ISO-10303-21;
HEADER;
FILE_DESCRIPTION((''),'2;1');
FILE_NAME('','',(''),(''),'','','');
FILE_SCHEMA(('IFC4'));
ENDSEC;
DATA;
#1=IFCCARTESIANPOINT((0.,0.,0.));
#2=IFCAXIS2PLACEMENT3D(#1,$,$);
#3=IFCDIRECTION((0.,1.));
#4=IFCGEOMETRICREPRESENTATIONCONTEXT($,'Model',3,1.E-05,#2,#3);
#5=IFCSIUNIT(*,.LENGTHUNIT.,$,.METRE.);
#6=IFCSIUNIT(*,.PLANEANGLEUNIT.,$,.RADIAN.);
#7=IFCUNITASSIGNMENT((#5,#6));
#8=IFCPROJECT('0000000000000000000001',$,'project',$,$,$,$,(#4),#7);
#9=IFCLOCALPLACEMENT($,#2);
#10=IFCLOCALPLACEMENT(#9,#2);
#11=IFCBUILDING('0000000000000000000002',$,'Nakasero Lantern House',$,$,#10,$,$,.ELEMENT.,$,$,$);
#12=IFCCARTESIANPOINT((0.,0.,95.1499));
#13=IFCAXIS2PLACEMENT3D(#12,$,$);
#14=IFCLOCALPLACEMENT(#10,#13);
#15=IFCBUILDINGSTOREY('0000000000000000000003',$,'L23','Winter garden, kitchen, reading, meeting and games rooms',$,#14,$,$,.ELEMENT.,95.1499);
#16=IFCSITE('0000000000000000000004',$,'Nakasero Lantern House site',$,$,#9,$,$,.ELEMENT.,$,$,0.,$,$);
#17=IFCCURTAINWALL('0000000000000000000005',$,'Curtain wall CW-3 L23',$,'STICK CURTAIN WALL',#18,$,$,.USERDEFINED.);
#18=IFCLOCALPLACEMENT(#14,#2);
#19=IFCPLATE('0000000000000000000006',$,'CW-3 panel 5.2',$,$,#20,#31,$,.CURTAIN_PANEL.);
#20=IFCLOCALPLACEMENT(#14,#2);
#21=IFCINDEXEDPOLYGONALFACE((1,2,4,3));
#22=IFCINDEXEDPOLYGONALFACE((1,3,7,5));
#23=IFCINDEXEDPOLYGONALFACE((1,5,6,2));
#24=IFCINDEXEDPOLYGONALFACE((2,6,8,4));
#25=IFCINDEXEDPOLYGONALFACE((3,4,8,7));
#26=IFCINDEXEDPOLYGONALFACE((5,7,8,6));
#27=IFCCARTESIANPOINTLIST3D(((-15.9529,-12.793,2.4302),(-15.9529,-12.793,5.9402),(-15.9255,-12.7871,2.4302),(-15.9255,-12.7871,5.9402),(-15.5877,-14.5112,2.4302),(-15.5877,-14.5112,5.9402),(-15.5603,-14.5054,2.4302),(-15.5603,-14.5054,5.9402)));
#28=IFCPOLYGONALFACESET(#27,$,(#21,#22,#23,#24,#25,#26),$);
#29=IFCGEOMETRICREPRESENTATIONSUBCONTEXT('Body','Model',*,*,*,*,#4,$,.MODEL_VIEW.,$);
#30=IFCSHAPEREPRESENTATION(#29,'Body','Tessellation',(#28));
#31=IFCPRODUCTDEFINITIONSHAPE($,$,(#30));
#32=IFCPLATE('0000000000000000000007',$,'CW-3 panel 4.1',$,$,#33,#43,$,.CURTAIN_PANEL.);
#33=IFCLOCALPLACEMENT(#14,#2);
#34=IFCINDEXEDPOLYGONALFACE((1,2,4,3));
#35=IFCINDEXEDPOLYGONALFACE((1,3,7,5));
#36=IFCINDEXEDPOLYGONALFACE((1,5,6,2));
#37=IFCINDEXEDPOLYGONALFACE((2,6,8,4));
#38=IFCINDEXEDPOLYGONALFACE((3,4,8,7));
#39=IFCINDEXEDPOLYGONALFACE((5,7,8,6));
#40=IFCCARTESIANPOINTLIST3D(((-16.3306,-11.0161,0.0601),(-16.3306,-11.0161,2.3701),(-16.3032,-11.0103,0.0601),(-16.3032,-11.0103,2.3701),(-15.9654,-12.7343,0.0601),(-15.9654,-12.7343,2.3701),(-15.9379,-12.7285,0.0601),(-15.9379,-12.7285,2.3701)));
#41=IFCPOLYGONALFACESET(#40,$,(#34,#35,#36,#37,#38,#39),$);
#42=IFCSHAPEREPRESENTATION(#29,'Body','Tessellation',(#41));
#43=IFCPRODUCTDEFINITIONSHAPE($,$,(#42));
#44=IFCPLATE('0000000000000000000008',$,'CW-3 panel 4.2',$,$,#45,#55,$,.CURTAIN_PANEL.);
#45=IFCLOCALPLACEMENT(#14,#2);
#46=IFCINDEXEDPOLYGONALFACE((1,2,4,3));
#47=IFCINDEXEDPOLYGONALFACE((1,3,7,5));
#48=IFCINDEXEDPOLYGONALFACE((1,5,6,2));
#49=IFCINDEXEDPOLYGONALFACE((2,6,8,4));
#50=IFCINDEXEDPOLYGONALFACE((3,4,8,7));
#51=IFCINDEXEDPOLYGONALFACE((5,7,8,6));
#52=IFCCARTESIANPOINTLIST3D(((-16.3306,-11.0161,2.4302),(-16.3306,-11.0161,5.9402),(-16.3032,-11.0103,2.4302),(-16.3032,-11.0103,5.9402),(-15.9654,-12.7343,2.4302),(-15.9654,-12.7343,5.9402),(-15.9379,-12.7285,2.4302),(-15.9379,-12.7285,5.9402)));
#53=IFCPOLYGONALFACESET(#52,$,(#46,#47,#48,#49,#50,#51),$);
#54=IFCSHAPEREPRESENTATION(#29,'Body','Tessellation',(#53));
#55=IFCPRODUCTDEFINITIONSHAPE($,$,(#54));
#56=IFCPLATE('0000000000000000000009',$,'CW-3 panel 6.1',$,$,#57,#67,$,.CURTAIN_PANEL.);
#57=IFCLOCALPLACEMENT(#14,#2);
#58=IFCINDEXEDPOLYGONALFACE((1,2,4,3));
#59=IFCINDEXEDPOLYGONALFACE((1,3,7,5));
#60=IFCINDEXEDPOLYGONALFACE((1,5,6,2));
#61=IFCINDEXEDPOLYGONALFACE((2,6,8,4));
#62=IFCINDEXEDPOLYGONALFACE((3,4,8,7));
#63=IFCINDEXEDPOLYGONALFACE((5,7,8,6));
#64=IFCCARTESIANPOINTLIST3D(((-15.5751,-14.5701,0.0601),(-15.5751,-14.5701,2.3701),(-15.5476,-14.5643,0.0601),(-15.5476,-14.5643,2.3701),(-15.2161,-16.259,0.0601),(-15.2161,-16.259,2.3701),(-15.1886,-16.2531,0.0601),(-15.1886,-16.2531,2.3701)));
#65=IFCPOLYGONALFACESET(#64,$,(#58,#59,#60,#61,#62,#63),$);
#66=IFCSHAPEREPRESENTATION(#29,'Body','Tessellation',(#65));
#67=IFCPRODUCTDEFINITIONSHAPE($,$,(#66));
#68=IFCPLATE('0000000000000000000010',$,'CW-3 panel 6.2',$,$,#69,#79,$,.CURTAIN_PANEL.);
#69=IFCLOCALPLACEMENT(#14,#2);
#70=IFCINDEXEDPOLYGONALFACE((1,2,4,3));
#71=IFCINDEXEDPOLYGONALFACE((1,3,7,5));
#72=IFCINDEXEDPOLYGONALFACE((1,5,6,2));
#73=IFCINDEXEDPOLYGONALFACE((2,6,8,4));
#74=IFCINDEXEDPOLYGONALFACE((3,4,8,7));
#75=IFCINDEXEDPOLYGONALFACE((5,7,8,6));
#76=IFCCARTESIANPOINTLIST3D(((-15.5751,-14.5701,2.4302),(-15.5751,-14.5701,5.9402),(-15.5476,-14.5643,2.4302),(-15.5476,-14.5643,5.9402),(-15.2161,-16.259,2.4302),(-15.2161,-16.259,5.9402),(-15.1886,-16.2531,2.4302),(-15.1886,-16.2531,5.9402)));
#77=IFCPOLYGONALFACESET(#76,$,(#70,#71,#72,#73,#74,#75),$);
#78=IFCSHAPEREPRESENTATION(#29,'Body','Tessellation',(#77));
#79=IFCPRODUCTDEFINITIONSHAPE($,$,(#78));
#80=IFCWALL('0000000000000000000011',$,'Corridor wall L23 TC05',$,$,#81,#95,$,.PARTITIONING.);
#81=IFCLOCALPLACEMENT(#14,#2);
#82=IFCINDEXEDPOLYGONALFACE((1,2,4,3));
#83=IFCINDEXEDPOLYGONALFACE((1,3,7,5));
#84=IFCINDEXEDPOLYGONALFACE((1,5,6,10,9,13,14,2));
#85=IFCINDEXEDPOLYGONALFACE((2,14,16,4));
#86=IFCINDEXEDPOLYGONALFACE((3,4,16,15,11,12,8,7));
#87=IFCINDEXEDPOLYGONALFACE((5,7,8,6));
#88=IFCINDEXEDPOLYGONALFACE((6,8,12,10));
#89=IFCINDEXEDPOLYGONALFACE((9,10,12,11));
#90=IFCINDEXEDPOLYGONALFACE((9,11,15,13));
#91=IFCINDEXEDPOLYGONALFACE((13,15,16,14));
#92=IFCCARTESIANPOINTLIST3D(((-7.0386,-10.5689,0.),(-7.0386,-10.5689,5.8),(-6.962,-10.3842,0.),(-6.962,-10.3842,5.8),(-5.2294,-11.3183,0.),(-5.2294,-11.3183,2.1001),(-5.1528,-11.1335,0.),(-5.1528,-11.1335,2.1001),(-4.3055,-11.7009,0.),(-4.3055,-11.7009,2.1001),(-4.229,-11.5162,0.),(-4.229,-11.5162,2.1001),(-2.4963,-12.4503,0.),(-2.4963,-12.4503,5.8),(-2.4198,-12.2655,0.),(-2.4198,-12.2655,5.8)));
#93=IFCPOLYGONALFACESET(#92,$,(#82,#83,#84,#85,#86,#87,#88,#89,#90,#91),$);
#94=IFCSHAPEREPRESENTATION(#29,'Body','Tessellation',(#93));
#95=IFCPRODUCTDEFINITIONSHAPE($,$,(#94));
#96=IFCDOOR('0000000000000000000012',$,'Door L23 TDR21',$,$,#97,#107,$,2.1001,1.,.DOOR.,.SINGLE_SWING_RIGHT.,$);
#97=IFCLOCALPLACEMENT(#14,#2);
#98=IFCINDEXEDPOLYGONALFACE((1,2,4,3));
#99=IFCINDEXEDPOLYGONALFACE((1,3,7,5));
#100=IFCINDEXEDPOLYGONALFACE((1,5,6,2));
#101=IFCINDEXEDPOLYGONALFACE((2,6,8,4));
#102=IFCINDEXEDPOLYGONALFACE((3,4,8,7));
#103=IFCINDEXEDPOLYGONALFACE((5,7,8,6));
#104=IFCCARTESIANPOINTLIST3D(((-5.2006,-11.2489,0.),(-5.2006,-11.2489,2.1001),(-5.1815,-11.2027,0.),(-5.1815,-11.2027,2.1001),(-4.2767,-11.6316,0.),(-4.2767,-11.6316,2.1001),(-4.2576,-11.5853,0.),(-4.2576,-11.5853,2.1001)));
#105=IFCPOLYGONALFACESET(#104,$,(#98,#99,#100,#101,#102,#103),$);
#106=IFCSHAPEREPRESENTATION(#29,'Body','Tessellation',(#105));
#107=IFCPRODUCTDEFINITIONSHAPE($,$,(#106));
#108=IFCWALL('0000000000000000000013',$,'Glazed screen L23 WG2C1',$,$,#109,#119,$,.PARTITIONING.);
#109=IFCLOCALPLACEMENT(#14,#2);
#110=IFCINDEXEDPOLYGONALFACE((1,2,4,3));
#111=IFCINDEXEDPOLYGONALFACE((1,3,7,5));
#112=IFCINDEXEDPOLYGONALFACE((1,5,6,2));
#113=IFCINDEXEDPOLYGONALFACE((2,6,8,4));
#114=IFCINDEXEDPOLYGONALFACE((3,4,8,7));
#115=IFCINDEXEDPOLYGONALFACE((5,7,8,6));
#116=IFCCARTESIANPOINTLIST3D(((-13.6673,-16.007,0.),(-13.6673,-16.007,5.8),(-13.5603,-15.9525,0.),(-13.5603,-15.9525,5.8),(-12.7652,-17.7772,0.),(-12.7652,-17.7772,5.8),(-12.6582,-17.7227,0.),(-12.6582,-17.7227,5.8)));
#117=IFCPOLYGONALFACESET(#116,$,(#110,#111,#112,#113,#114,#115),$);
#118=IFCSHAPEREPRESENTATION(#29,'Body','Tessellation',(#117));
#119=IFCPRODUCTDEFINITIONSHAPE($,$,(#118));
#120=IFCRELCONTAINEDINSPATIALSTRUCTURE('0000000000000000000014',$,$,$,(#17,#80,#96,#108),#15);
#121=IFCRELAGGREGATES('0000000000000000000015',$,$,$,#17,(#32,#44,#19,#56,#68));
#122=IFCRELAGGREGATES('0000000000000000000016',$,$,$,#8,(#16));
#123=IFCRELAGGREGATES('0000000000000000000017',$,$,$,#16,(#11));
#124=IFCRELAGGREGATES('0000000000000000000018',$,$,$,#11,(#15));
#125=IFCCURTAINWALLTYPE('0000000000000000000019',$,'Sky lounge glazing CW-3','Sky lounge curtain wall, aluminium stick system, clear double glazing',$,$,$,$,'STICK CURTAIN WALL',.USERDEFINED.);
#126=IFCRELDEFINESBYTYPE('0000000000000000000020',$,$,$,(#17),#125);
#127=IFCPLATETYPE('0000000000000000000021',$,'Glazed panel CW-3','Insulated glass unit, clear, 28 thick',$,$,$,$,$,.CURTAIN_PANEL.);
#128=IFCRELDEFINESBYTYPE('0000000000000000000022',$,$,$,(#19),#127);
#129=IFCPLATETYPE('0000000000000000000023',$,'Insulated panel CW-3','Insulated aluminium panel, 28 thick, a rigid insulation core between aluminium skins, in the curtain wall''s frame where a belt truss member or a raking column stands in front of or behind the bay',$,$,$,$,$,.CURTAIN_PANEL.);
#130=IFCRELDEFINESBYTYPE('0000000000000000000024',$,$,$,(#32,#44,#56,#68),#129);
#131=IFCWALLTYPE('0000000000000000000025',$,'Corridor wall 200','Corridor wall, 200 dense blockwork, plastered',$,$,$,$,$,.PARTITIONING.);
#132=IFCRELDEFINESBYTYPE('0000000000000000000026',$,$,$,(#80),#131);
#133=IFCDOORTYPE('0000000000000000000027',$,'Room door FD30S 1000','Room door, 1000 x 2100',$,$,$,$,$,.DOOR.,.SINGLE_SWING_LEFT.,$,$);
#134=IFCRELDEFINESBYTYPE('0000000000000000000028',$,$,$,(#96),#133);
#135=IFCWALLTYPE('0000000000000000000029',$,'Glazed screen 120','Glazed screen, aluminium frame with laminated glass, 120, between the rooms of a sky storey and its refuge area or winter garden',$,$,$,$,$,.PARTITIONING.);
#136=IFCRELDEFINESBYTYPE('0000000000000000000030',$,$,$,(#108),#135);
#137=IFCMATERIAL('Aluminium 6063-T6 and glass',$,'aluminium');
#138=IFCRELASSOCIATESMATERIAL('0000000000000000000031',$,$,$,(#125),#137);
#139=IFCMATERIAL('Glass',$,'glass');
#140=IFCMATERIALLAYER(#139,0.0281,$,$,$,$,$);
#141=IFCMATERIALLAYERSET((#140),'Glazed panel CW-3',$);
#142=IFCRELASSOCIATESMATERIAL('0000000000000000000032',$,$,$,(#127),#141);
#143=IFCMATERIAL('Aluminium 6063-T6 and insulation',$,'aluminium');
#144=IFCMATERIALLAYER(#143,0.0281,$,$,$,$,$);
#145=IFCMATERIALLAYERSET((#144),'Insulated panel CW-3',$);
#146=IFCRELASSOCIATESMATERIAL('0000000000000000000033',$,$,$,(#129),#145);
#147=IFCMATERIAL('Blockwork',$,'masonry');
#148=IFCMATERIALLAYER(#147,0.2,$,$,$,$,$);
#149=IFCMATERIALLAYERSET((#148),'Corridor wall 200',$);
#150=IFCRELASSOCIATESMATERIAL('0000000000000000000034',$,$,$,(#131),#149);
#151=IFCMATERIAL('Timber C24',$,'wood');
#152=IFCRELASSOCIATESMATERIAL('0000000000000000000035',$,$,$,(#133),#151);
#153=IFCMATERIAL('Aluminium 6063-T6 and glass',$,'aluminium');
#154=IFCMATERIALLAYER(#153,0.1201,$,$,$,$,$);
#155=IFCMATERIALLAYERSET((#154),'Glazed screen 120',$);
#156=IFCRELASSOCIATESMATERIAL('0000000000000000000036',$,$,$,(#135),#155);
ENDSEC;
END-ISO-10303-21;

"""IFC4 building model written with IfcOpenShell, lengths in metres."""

from ifc_helpers import new_model, si_unit, direction, frame, frame_2d, origin, origin_2d, place, context, subcontext, project, spatial, rectangle, extrude, material, layer, layer_set, type_object, element, fill, aggregate, save


model = new_model("IFC4")

# Units and contexts
model_context = context("Model", 3, precision=1e-05, world=origin(), true_north=direction((0.0, 1.0)))
body_context = subcontext(model_context, "Body", "Model", "MODEL_VIEW")
ifc_project = project(units=[si_unit("LENGTHUNIT", "METRE"), si_unit("PLANEANGLEUNIT", "RADIAN")], contexts=[model_context])

# Site, building, storey
site_placement = place(None, origin())
site = spatial("IfcSite", under=ifc_project, at=site_placement, Name="Nakasero Lantern House site", CompositionType="ELEMENT", RefElevation=0.0)
building_placement = place(site_placement, origin())
building = spatial("IfcBuilding", under=site, at=building_placement, Name="Nakasero Lantern House", CompositionType="ELEMENT")
storey_placement = place(building_placement, frame((0.0, 0.0, 95.1499)))
storey = spatial("IfcBuildingStorey", under=building, at=storey_placement, Name="L23", Description="Winter garden, kitchen, reading, meeting and games rooms", CompositionType="ELEMENT", Elevation=95.1499)

# Curtain wall
ifc_material_1 = material(Name="Aluminium 6063-T6 and glass", Category="aluminium")
curtain_wall_type = type_object("IfcCurtainWallType", Name="Sky lounge glazing CW-3", Description="Sky lounge curtain wall, aluminium stick system, clear double glazing", ElementType="STICK CURTAIN WALL", PredefinedType="USERDEFINED", material=ifc_material_1)
curtain_wall_1_placement = place(storey_placement, origin())
curtain_wall_1 = element("IfcCurtainWall", 1, at=curtain_wall_1_placement, inside=storey, type_object=curtain_wall_type, Name="Curtain wall CW-3 L23", ObjectType="STICK CURTAIN WALL", PredefinedType="USERDEFINED")

# Plates
ifc_material_2 = material(Name="Glass", Category="glass")
ifc_layer_1 = layer(ifc_material_2, 0.0281)
ifc_layer_set_1 = layer_set([ifc_layer_1], Name="Glazed panel CW-3")
plate_type_1 = type_object("IfcPlateType", Name="Glazed panel CW-3", Description="Insulated glass unit, clear, 28 thick", PredefinedType="CURTAIN_PANEL", material=ifc_layer_set_1)
plate_1_placement = place(storey_placement, frame((-15.7566, -13.6492, 2.4302), z_axis=(0.0, 0.0, 1.0), x_axis=(0.207912, -0.978148, 0.0)))
plate_1 = element("IfcPlate", 2, at=plate_1_placement, type_object=plate_type_1, Name="CW-3 panel 5.2", PredefinedType="CURTAIN_PANEL", context=body_context, shape_type="SweptSolid", body=[
    extrude(rectangle(XDim=1.7566, YDim=0.0281, at=origin_2d()), origin(), (0.0, 0.0, 1.0), 3.51),
])
ifc_material_3 = material(Name="Aluminium 6063-T6 and insulation", Category="aluminium")
ifc_layer_2 = layer(ifc_material_3, 0.0281)
ifc_layer_set_2 = layer_set([ifc_layer_2], Name="Insulated panel CW-3")
plate_type_2 = type_object("IfcPlateType", Name="Insulated panel CW-3", Description="Insulated aluminium panel, 28 thick, a rigid insulation core between aluminium skins, in the curtain wall's frame where a belt truss member or a raking column stands in front of or behind the bay", PredefinedType="CURTAIN_PANEL", material=ifc_layer_set_2)
plate_2_placement = place(storey_placement, frame((-16.1343, -11.8723, 0.0601), z_axis=(0.0, 0.0, 1.0), x_axis=(0.207912, -0.978148, 0.0)))
plate_2 = element("IfcPlate", 3, at=plate_2_placement, type_object=plate_type_2, Name="CW-3 panel 4.1", PredefinedType="CURTAIN_PANEL", context=body_context, shape_type="SweptSolid", body=[
    extrude(rectangle(XDim=1.7566, YDim=0.0281, at=origin_2d()), origin(), (0.0, 0.0, 1.0), 2.3101),
])
plate_3_placement = place(storey_placement, frame((-16.1343, -11.8723, 2.4302), z_axis=(0.0, 0.0, 1.0), x_axis=(0.207912, -0.978148, 0.0)))
plate_3 = element("IfcPlate", 4, at=plate_3_placement, type_object=plate_type_2, Name="CW-3 panel 4.2", PredefinedType="CURTAIN_PANEL", context=body_context, shape_type="SweptSolid", body=[
    extrude(rectangle(XDim=1.7566, YDim=0.0281, at=origin_2d()), origin(), (0.0, 0.0, 1.0), 3.51),
])
plate_4_placement = place(storey_placement, frame((-15.3818, -15.4116, 0.0601), z_axis=(0.0, 0.0, 1.0), x_axis=(0.207912, -0.978148, 0.0)))
plate_4 = element("IfcPlate", 5, at=plate_4_placement, type_object=plate_type_2, Name="CW-3 panel 6.1", PredefinedType="CURTAIN_PANEL", context=body_context, shape_type="SweptSolid", body=[
    extrude(rectangle(XDim=1.7266, YDim=0.0281, at=origin_2d()), origin(), (0.0, 0.0, 1.0), 2.3101),
])
plate_5_placement = place(storey_placement, frame((-15.3818, -15.4116, 2.4302), z_axis=(0.0, 0.0, 1.0), x_axis=(0.207912, -0.978148, 0.0)))
plate_5 = element("IfcPlate", 6, at=plate_5_placement, type_object=plate_type_2, Name="CW-3 panel 6.2", PredefinedType="CURTAIN_PANEL", context=body_context, shape_type="SweptSolid", body=[
    extrude(rectangle(XDim=1.7266, YDim=0.0281, at=origin_2d()), origin(), (0.0, 0.0, 1.0), 3.51),
])
aggregate(curtain_wall_1, [plate_2, plate_3, plate_1, plate_4, plate_5])

# Wall, opening, door
ifc_material_4 = material(Name="Blockwork", Category="masonry")
ifc_layer_3 = layer(ifc_material_4, 0.2)
ifc_layer_set_3 = layer_set([ifc_layer_3], Name="Corridor wall 200")
wall_type_1 = type_object("IfcWallType", Name="Corridor wall 200", Description="Corridor wall, 200 dense blockwork, plastered", PredefinedType="PARTITIONING", material=ifc_layer_set_3)
wall_1_placement = place(storey_placement, frame((-2.458, -12.3579, 0.0), z_axis=(0.0, 0.0, 1.0), x_axis=(-0.923887, 0.382665, 0.0)))
wall_1 = element("IfcWall", 7, at=wall_1_placement, inside=storey, type_object=wall_type_1, Name="Corridor wall L23 TC05", PredefinedType="PARTITIONING", context=body_context, shape_type="SweptSolid", body=[
    extrude(rectangle(XDim=4.9165, YDim=0.2, at=frame_2d((2.4583, 0.0))), origin(), (0.0, 0.0, 1.0), 5.8),
])
opening_placement = place(wall_1_placement, frame((1.9583, 0.0, 0.0)))
opening = element("IfcOpeningElement", 8, at=opening_placement, cuts=wall_1, PredefinedType="OPENING", context=body_context, shape_type="SweptSolid", body=[
    extrude(rectangle(XDim=1.0, YDim=2.1001, at=frame_2d((0.5, 1.05))), frame((0.0, 0.1199, 0.0), z_axis=(0.0, -1.0, 0.0), x_axis=(1.0, 0.0, 0.0)), (0.0, 0.0, 1.0), 0.24),
])
ifc_material_5 = material(Name="Timber C24", Category="wood")
door_type = type_object("IfcDoorType", Name="Room door FD30S 1000", Description="Room door, 1000 x 2100", OperationType="SINGLE_SWING_LEFT", PredefinedType="DOOR", material=ifc_material_5)
door_placement = place(opening_placement, origin())
door = element("IfcDoor", 9, at=door_placement, inside=storey, type_object=door_type, Name="Door L23 TDR21", OperationType="SINGLE_SWING_RIGHT", OverallHeight=2.1001, OverallWidth=1.0, PredefinedType="DOOR", context=body_context, shape_type="SweptSolid", body=[
    extrude(rectangle(XDim=1.0, YDim=2.1001, at=frame_2d((0.5, 1.05))), frame((0.0, 0.0249, 0.0), z_axis=(0.0, -1.0, 0.0), x_axis=(1.0, 0.0, 0.0)), (0.0, 0.0, 1.0), 0.05),
])
fill(opening, door)

# Wall
ifc_material_6 = material(Name="Aluminium 6063-T6 and glass", Category="aluminium")
ifc_layer_4 = layer(ifc_material_6, 0.1201)
ifc_layer_set_4 = layer_set([ifc_layer_4], Name="Glazed screen 120")
wall_type_2 = type_object("IfcWallType", Name="Glazed screen 120", Description="Glazed screen, aluminium frame with laminated glass, 120, between the rooms of a sky storey and its refuge area or winter garden", PredefinedType="PARTITIONING", material=ifc_layer_set_4)
wall_2_placement = place(storey_placement, frame((-13.6138, -15.9797, 0.0), z_axis=(0.0, 0.0, 1.0), x_axis=(0.454033, -0.890985, 0.0)))
element("IfcWall", 10, at=wall_2_placement, inside=storey, type_object=wall_type_2, Name="Glazed screen L23 WG2C1", PredefinedType="PARTITIONING", context=body_context, shape_type="SweptSolid", body=[
    extrude(rectangle(XDim=1.9868, YDim=0.1201, at=frame_2d((0.9934, 0.0))), origin(), (0.0, 0.0, 1.0), 5.8),
])

save(model, "model.ifc")
